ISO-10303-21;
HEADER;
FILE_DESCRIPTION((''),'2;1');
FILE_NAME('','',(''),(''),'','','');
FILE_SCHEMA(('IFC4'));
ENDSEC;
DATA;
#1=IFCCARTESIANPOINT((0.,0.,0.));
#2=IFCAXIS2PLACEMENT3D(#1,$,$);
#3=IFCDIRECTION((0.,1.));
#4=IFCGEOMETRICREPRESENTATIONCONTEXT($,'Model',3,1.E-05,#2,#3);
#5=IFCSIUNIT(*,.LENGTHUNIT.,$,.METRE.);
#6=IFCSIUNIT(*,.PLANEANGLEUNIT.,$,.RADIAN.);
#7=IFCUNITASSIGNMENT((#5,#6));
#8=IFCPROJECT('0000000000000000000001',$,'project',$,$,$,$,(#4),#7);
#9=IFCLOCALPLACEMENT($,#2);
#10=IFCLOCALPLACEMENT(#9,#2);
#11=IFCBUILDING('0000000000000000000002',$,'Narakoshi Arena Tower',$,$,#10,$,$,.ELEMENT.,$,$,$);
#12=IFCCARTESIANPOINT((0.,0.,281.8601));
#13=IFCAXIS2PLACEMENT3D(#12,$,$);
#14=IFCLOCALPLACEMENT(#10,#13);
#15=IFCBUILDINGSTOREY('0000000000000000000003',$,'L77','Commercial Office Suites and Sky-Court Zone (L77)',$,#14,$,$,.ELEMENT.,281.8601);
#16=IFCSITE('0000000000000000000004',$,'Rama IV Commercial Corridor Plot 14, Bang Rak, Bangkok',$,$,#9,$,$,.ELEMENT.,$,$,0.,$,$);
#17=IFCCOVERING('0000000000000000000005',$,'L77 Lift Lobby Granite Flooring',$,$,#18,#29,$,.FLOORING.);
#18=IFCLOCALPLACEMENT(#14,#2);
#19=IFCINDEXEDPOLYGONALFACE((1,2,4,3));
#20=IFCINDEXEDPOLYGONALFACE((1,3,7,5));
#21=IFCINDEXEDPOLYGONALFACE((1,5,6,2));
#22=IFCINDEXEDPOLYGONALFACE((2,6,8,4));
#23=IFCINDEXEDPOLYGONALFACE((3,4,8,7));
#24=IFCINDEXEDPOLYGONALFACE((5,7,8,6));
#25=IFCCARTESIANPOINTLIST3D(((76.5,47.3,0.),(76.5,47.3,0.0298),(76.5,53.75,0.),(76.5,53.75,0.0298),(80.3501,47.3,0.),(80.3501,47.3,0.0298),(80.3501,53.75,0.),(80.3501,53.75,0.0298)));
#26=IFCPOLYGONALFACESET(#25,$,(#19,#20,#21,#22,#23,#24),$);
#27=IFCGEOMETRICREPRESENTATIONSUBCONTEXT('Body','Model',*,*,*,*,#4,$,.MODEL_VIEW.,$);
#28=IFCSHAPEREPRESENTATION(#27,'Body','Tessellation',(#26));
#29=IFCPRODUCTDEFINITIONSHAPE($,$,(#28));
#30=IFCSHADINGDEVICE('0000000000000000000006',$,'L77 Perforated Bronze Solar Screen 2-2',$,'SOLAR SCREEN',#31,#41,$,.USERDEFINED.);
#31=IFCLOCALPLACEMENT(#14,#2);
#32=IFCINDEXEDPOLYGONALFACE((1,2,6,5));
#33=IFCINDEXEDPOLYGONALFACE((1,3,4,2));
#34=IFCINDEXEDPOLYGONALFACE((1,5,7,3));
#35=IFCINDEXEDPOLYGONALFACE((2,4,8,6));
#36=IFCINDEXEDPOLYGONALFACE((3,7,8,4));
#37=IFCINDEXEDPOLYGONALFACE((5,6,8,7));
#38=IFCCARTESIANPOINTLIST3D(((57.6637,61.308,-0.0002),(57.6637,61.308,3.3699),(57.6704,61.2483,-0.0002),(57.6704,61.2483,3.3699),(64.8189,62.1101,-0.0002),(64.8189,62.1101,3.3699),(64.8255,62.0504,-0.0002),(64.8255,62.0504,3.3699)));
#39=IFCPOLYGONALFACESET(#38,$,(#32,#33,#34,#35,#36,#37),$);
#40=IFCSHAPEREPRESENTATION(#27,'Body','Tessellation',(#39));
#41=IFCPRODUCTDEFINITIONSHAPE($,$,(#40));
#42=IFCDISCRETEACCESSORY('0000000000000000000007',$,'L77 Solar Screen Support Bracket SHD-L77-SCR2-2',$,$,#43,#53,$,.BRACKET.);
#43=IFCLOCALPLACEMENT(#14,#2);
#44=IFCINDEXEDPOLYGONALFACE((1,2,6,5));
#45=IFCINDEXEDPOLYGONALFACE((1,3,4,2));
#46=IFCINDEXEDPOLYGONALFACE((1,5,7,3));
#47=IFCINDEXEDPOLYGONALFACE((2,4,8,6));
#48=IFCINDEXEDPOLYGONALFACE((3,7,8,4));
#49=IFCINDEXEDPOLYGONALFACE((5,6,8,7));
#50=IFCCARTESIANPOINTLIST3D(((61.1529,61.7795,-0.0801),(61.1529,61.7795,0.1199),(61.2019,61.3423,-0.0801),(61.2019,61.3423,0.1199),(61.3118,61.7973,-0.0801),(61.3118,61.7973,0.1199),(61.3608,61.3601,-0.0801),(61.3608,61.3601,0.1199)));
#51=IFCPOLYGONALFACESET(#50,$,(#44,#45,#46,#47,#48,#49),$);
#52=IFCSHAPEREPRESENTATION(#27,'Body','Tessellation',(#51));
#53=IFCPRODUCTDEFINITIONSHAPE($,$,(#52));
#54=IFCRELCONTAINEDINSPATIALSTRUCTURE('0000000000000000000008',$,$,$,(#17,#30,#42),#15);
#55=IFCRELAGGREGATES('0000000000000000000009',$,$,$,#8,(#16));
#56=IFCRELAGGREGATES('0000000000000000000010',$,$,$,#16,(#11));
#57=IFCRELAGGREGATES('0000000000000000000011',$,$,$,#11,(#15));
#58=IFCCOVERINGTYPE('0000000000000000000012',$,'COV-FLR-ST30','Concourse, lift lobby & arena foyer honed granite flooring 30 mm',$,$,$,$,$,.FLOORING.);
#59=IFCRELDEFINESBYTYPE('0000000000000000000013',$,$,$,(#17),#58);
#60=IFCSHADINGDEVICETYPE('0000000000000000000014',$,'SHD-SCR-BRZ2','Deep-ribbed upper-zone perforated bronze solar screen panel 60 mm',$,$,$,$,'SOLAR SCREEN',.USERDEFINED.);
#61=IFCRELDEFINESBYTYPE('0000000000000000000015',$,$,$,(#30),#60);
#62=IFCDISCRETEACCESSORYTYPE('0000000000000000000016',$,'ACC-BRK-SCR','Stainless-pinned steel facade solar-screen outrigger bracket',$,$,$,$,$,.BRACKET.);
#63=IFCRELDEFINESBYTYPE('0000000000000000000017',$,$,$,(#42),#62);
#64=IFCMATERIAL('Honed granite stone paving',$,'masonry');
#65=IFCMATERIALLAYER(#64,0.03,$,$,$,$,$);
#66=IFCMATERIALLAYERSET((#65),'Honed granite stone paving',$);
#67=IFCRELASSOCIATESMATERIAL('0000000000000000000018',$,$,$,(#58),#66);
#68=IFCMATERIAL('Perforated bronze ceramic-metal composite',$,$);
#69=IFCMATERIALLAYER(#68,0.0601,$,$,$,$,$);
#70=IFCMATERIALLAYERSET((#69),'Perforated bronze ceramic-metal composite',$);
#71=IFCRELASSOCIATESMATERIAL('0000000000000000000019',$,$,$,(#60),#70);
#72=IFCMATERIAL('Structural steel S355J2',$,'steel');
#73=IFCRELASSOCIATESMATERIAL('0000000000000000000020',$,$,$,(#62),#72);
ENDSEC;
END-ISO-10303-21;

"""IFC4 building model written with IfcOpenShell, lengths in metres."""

from ifc_helpers import new_model, si_unit, direction, frame, origin, origin_2d, place, context, subcontext, project, spatial, polyline, rectangle, outline, extrude, material, layer, layer_set, type_object, element, save


model = new_model("IFC4")

# Units and contexts
model_context = context("Model", 3, precision=1e-05, world=origin(), true_north=direction((0.0, 1.0)))
body_context = subcontext(model_context, "Body", "Model", "MODEL_VIEW")
ifc_project = project(units=[si_unit("LENGTHUNIT", "METRE"), si_unit("PLANEANGLEUNIT", "RADIAN")], contexts=[model_context])

# Site, building, storey
site_placement = place(None, origin())
site = spatial("IfcSite", under=ifc_project, at=site_placement, Name="Rama IV Commercial Corridor Plot 14, Bang Rak, Bangkok", CompositionType="ELEMENT", RefElevation=0.0)
building_placement = place(site_placement, origin())
building = spatial("IfcBuilding", under=site, at=building_placement, Name="Narakoshi Arena Tower", CompositionType="ELEMENT")
storey_placement = place(building_placement, frame((0.0, 0.0, 281.8601)))
storey = spatial("IfcBuildingStorey", under=building, at=storey_placement, Name="L77", Description="Commercial Office Suites and Sky-Court Zone (L77)", CompositionType="ELEMENT", Elevation=281.8601)

# Shared definitions
ifc_material_1 = material(Name="Structural steel S355J2", Category="steel")

# Covering
ifc_material_2 = material(Name="Honed granite stone paving", Category="masonry")
ifc_layer_1 = layer(ifc_material_2, 0.03)
ifc_layer_set_1 = layer_set([ifc_layer_1], Name="Honed granite stone paving")
covering_type_1 = type_object("IfcCoveringType", Name="COV-FLR-ST30", Description="Concourse, lift lobby & arena foyer honed granite flooring 30 mm", PredefinedType="FLOORING", material=ifc_layer_set_1)
covering_1_placement = place(storey_placement, origin())
element("IfcCovering", 1, at=covering_1_placement, inside=storey, type_object=covering_type_1, Name="L77 Lift Lobby Granite Flooring", PredefinedType="FLOORING", context=body_context, shape_type="SweptSolid", body=[
    extrude(outline(polyline([(76.5, 47.3), (80.3501, 47.3), (80.3501, 53.75), (76.5, 53.75), (76.5, 47.3)])), origin(), (0.0, 0.0, 1.0), 0.0298),
])

# Shading device
ifc_material_3 = material(Name="Perforated bronze ceramic-metal composite")
ifc_layer_2 = layer(ifc_material_3, 0.0601)
ifc_layer_set_2 = layer_set([ifc_layer_2], Name="Perforated bronze ceramic-metal composite")
shading_device_type = type_object("IfcShadingDeviceType", Name="SHD-SCR-BRZ2", Description="Deep-ribbed upper-zone perforated bronze solar screen panel 60 mm", ElementType="SOLAR SCREEN", PredefinedType="USERDEFINED", material=ifc_layer_set_2)
shading_device_placement = place(storey_placement, frame((61.2446, 61.6792, -0.0002), z_axis=(0.0, 0.0, 1.0), x_axis=(-0.993776, -0.1114, 0.0)))
element("IfcShadingDevice", 2, at=shading_device_placement, inside=storey, type_object=shading_device_type, Name="L77 Perforated Bronze Solar Screen 2-2", ObjectType="SOLAR SCREEN", PredefinedType="USERDEFINED", context=body_context, shape_type="SweptSolid", body=[
    extrude(rectangle(XDim=7.2, YDim=0.0601, at=origin_2d()), origin(), (0.0, 0.0, 1.0), 3.3701),
])

# Discrete accessory
discrete_accessory_type = type_object("IfcDiscreteAccessoryType", Name="ACC-BRK-SCR", Description="Stainless-pinned steel facade solar-screen outrigger bracket", PredefinedType="BRACKET", material=ifc_material_1)
discrete_accessory_placement = place(storey_placement, frame((61.2568, 61.5698, -0.0801), z_axis=(0.0, 0.0, 1.0), x_axis=(-0.993776, -0.1114, 0.0)))
element("IfcDiscreteAccessory", 3, at=discrete_accessory_placement, inside=storey, type_object=discrete_accessory_type, Name="L77 Solar Screen Support Bracket SHD-L77-SCR2-2", PredefinedType="BRACKET", context=body_context, shape_type="SweptSolid", body=[
    extrude(rectangle(XDim=0.1599, YDim=0.4399, at=origin_2d()), origin(), (0.0, 0.0, 1.0), 0.2),
])

save(model, "model.ifc")
